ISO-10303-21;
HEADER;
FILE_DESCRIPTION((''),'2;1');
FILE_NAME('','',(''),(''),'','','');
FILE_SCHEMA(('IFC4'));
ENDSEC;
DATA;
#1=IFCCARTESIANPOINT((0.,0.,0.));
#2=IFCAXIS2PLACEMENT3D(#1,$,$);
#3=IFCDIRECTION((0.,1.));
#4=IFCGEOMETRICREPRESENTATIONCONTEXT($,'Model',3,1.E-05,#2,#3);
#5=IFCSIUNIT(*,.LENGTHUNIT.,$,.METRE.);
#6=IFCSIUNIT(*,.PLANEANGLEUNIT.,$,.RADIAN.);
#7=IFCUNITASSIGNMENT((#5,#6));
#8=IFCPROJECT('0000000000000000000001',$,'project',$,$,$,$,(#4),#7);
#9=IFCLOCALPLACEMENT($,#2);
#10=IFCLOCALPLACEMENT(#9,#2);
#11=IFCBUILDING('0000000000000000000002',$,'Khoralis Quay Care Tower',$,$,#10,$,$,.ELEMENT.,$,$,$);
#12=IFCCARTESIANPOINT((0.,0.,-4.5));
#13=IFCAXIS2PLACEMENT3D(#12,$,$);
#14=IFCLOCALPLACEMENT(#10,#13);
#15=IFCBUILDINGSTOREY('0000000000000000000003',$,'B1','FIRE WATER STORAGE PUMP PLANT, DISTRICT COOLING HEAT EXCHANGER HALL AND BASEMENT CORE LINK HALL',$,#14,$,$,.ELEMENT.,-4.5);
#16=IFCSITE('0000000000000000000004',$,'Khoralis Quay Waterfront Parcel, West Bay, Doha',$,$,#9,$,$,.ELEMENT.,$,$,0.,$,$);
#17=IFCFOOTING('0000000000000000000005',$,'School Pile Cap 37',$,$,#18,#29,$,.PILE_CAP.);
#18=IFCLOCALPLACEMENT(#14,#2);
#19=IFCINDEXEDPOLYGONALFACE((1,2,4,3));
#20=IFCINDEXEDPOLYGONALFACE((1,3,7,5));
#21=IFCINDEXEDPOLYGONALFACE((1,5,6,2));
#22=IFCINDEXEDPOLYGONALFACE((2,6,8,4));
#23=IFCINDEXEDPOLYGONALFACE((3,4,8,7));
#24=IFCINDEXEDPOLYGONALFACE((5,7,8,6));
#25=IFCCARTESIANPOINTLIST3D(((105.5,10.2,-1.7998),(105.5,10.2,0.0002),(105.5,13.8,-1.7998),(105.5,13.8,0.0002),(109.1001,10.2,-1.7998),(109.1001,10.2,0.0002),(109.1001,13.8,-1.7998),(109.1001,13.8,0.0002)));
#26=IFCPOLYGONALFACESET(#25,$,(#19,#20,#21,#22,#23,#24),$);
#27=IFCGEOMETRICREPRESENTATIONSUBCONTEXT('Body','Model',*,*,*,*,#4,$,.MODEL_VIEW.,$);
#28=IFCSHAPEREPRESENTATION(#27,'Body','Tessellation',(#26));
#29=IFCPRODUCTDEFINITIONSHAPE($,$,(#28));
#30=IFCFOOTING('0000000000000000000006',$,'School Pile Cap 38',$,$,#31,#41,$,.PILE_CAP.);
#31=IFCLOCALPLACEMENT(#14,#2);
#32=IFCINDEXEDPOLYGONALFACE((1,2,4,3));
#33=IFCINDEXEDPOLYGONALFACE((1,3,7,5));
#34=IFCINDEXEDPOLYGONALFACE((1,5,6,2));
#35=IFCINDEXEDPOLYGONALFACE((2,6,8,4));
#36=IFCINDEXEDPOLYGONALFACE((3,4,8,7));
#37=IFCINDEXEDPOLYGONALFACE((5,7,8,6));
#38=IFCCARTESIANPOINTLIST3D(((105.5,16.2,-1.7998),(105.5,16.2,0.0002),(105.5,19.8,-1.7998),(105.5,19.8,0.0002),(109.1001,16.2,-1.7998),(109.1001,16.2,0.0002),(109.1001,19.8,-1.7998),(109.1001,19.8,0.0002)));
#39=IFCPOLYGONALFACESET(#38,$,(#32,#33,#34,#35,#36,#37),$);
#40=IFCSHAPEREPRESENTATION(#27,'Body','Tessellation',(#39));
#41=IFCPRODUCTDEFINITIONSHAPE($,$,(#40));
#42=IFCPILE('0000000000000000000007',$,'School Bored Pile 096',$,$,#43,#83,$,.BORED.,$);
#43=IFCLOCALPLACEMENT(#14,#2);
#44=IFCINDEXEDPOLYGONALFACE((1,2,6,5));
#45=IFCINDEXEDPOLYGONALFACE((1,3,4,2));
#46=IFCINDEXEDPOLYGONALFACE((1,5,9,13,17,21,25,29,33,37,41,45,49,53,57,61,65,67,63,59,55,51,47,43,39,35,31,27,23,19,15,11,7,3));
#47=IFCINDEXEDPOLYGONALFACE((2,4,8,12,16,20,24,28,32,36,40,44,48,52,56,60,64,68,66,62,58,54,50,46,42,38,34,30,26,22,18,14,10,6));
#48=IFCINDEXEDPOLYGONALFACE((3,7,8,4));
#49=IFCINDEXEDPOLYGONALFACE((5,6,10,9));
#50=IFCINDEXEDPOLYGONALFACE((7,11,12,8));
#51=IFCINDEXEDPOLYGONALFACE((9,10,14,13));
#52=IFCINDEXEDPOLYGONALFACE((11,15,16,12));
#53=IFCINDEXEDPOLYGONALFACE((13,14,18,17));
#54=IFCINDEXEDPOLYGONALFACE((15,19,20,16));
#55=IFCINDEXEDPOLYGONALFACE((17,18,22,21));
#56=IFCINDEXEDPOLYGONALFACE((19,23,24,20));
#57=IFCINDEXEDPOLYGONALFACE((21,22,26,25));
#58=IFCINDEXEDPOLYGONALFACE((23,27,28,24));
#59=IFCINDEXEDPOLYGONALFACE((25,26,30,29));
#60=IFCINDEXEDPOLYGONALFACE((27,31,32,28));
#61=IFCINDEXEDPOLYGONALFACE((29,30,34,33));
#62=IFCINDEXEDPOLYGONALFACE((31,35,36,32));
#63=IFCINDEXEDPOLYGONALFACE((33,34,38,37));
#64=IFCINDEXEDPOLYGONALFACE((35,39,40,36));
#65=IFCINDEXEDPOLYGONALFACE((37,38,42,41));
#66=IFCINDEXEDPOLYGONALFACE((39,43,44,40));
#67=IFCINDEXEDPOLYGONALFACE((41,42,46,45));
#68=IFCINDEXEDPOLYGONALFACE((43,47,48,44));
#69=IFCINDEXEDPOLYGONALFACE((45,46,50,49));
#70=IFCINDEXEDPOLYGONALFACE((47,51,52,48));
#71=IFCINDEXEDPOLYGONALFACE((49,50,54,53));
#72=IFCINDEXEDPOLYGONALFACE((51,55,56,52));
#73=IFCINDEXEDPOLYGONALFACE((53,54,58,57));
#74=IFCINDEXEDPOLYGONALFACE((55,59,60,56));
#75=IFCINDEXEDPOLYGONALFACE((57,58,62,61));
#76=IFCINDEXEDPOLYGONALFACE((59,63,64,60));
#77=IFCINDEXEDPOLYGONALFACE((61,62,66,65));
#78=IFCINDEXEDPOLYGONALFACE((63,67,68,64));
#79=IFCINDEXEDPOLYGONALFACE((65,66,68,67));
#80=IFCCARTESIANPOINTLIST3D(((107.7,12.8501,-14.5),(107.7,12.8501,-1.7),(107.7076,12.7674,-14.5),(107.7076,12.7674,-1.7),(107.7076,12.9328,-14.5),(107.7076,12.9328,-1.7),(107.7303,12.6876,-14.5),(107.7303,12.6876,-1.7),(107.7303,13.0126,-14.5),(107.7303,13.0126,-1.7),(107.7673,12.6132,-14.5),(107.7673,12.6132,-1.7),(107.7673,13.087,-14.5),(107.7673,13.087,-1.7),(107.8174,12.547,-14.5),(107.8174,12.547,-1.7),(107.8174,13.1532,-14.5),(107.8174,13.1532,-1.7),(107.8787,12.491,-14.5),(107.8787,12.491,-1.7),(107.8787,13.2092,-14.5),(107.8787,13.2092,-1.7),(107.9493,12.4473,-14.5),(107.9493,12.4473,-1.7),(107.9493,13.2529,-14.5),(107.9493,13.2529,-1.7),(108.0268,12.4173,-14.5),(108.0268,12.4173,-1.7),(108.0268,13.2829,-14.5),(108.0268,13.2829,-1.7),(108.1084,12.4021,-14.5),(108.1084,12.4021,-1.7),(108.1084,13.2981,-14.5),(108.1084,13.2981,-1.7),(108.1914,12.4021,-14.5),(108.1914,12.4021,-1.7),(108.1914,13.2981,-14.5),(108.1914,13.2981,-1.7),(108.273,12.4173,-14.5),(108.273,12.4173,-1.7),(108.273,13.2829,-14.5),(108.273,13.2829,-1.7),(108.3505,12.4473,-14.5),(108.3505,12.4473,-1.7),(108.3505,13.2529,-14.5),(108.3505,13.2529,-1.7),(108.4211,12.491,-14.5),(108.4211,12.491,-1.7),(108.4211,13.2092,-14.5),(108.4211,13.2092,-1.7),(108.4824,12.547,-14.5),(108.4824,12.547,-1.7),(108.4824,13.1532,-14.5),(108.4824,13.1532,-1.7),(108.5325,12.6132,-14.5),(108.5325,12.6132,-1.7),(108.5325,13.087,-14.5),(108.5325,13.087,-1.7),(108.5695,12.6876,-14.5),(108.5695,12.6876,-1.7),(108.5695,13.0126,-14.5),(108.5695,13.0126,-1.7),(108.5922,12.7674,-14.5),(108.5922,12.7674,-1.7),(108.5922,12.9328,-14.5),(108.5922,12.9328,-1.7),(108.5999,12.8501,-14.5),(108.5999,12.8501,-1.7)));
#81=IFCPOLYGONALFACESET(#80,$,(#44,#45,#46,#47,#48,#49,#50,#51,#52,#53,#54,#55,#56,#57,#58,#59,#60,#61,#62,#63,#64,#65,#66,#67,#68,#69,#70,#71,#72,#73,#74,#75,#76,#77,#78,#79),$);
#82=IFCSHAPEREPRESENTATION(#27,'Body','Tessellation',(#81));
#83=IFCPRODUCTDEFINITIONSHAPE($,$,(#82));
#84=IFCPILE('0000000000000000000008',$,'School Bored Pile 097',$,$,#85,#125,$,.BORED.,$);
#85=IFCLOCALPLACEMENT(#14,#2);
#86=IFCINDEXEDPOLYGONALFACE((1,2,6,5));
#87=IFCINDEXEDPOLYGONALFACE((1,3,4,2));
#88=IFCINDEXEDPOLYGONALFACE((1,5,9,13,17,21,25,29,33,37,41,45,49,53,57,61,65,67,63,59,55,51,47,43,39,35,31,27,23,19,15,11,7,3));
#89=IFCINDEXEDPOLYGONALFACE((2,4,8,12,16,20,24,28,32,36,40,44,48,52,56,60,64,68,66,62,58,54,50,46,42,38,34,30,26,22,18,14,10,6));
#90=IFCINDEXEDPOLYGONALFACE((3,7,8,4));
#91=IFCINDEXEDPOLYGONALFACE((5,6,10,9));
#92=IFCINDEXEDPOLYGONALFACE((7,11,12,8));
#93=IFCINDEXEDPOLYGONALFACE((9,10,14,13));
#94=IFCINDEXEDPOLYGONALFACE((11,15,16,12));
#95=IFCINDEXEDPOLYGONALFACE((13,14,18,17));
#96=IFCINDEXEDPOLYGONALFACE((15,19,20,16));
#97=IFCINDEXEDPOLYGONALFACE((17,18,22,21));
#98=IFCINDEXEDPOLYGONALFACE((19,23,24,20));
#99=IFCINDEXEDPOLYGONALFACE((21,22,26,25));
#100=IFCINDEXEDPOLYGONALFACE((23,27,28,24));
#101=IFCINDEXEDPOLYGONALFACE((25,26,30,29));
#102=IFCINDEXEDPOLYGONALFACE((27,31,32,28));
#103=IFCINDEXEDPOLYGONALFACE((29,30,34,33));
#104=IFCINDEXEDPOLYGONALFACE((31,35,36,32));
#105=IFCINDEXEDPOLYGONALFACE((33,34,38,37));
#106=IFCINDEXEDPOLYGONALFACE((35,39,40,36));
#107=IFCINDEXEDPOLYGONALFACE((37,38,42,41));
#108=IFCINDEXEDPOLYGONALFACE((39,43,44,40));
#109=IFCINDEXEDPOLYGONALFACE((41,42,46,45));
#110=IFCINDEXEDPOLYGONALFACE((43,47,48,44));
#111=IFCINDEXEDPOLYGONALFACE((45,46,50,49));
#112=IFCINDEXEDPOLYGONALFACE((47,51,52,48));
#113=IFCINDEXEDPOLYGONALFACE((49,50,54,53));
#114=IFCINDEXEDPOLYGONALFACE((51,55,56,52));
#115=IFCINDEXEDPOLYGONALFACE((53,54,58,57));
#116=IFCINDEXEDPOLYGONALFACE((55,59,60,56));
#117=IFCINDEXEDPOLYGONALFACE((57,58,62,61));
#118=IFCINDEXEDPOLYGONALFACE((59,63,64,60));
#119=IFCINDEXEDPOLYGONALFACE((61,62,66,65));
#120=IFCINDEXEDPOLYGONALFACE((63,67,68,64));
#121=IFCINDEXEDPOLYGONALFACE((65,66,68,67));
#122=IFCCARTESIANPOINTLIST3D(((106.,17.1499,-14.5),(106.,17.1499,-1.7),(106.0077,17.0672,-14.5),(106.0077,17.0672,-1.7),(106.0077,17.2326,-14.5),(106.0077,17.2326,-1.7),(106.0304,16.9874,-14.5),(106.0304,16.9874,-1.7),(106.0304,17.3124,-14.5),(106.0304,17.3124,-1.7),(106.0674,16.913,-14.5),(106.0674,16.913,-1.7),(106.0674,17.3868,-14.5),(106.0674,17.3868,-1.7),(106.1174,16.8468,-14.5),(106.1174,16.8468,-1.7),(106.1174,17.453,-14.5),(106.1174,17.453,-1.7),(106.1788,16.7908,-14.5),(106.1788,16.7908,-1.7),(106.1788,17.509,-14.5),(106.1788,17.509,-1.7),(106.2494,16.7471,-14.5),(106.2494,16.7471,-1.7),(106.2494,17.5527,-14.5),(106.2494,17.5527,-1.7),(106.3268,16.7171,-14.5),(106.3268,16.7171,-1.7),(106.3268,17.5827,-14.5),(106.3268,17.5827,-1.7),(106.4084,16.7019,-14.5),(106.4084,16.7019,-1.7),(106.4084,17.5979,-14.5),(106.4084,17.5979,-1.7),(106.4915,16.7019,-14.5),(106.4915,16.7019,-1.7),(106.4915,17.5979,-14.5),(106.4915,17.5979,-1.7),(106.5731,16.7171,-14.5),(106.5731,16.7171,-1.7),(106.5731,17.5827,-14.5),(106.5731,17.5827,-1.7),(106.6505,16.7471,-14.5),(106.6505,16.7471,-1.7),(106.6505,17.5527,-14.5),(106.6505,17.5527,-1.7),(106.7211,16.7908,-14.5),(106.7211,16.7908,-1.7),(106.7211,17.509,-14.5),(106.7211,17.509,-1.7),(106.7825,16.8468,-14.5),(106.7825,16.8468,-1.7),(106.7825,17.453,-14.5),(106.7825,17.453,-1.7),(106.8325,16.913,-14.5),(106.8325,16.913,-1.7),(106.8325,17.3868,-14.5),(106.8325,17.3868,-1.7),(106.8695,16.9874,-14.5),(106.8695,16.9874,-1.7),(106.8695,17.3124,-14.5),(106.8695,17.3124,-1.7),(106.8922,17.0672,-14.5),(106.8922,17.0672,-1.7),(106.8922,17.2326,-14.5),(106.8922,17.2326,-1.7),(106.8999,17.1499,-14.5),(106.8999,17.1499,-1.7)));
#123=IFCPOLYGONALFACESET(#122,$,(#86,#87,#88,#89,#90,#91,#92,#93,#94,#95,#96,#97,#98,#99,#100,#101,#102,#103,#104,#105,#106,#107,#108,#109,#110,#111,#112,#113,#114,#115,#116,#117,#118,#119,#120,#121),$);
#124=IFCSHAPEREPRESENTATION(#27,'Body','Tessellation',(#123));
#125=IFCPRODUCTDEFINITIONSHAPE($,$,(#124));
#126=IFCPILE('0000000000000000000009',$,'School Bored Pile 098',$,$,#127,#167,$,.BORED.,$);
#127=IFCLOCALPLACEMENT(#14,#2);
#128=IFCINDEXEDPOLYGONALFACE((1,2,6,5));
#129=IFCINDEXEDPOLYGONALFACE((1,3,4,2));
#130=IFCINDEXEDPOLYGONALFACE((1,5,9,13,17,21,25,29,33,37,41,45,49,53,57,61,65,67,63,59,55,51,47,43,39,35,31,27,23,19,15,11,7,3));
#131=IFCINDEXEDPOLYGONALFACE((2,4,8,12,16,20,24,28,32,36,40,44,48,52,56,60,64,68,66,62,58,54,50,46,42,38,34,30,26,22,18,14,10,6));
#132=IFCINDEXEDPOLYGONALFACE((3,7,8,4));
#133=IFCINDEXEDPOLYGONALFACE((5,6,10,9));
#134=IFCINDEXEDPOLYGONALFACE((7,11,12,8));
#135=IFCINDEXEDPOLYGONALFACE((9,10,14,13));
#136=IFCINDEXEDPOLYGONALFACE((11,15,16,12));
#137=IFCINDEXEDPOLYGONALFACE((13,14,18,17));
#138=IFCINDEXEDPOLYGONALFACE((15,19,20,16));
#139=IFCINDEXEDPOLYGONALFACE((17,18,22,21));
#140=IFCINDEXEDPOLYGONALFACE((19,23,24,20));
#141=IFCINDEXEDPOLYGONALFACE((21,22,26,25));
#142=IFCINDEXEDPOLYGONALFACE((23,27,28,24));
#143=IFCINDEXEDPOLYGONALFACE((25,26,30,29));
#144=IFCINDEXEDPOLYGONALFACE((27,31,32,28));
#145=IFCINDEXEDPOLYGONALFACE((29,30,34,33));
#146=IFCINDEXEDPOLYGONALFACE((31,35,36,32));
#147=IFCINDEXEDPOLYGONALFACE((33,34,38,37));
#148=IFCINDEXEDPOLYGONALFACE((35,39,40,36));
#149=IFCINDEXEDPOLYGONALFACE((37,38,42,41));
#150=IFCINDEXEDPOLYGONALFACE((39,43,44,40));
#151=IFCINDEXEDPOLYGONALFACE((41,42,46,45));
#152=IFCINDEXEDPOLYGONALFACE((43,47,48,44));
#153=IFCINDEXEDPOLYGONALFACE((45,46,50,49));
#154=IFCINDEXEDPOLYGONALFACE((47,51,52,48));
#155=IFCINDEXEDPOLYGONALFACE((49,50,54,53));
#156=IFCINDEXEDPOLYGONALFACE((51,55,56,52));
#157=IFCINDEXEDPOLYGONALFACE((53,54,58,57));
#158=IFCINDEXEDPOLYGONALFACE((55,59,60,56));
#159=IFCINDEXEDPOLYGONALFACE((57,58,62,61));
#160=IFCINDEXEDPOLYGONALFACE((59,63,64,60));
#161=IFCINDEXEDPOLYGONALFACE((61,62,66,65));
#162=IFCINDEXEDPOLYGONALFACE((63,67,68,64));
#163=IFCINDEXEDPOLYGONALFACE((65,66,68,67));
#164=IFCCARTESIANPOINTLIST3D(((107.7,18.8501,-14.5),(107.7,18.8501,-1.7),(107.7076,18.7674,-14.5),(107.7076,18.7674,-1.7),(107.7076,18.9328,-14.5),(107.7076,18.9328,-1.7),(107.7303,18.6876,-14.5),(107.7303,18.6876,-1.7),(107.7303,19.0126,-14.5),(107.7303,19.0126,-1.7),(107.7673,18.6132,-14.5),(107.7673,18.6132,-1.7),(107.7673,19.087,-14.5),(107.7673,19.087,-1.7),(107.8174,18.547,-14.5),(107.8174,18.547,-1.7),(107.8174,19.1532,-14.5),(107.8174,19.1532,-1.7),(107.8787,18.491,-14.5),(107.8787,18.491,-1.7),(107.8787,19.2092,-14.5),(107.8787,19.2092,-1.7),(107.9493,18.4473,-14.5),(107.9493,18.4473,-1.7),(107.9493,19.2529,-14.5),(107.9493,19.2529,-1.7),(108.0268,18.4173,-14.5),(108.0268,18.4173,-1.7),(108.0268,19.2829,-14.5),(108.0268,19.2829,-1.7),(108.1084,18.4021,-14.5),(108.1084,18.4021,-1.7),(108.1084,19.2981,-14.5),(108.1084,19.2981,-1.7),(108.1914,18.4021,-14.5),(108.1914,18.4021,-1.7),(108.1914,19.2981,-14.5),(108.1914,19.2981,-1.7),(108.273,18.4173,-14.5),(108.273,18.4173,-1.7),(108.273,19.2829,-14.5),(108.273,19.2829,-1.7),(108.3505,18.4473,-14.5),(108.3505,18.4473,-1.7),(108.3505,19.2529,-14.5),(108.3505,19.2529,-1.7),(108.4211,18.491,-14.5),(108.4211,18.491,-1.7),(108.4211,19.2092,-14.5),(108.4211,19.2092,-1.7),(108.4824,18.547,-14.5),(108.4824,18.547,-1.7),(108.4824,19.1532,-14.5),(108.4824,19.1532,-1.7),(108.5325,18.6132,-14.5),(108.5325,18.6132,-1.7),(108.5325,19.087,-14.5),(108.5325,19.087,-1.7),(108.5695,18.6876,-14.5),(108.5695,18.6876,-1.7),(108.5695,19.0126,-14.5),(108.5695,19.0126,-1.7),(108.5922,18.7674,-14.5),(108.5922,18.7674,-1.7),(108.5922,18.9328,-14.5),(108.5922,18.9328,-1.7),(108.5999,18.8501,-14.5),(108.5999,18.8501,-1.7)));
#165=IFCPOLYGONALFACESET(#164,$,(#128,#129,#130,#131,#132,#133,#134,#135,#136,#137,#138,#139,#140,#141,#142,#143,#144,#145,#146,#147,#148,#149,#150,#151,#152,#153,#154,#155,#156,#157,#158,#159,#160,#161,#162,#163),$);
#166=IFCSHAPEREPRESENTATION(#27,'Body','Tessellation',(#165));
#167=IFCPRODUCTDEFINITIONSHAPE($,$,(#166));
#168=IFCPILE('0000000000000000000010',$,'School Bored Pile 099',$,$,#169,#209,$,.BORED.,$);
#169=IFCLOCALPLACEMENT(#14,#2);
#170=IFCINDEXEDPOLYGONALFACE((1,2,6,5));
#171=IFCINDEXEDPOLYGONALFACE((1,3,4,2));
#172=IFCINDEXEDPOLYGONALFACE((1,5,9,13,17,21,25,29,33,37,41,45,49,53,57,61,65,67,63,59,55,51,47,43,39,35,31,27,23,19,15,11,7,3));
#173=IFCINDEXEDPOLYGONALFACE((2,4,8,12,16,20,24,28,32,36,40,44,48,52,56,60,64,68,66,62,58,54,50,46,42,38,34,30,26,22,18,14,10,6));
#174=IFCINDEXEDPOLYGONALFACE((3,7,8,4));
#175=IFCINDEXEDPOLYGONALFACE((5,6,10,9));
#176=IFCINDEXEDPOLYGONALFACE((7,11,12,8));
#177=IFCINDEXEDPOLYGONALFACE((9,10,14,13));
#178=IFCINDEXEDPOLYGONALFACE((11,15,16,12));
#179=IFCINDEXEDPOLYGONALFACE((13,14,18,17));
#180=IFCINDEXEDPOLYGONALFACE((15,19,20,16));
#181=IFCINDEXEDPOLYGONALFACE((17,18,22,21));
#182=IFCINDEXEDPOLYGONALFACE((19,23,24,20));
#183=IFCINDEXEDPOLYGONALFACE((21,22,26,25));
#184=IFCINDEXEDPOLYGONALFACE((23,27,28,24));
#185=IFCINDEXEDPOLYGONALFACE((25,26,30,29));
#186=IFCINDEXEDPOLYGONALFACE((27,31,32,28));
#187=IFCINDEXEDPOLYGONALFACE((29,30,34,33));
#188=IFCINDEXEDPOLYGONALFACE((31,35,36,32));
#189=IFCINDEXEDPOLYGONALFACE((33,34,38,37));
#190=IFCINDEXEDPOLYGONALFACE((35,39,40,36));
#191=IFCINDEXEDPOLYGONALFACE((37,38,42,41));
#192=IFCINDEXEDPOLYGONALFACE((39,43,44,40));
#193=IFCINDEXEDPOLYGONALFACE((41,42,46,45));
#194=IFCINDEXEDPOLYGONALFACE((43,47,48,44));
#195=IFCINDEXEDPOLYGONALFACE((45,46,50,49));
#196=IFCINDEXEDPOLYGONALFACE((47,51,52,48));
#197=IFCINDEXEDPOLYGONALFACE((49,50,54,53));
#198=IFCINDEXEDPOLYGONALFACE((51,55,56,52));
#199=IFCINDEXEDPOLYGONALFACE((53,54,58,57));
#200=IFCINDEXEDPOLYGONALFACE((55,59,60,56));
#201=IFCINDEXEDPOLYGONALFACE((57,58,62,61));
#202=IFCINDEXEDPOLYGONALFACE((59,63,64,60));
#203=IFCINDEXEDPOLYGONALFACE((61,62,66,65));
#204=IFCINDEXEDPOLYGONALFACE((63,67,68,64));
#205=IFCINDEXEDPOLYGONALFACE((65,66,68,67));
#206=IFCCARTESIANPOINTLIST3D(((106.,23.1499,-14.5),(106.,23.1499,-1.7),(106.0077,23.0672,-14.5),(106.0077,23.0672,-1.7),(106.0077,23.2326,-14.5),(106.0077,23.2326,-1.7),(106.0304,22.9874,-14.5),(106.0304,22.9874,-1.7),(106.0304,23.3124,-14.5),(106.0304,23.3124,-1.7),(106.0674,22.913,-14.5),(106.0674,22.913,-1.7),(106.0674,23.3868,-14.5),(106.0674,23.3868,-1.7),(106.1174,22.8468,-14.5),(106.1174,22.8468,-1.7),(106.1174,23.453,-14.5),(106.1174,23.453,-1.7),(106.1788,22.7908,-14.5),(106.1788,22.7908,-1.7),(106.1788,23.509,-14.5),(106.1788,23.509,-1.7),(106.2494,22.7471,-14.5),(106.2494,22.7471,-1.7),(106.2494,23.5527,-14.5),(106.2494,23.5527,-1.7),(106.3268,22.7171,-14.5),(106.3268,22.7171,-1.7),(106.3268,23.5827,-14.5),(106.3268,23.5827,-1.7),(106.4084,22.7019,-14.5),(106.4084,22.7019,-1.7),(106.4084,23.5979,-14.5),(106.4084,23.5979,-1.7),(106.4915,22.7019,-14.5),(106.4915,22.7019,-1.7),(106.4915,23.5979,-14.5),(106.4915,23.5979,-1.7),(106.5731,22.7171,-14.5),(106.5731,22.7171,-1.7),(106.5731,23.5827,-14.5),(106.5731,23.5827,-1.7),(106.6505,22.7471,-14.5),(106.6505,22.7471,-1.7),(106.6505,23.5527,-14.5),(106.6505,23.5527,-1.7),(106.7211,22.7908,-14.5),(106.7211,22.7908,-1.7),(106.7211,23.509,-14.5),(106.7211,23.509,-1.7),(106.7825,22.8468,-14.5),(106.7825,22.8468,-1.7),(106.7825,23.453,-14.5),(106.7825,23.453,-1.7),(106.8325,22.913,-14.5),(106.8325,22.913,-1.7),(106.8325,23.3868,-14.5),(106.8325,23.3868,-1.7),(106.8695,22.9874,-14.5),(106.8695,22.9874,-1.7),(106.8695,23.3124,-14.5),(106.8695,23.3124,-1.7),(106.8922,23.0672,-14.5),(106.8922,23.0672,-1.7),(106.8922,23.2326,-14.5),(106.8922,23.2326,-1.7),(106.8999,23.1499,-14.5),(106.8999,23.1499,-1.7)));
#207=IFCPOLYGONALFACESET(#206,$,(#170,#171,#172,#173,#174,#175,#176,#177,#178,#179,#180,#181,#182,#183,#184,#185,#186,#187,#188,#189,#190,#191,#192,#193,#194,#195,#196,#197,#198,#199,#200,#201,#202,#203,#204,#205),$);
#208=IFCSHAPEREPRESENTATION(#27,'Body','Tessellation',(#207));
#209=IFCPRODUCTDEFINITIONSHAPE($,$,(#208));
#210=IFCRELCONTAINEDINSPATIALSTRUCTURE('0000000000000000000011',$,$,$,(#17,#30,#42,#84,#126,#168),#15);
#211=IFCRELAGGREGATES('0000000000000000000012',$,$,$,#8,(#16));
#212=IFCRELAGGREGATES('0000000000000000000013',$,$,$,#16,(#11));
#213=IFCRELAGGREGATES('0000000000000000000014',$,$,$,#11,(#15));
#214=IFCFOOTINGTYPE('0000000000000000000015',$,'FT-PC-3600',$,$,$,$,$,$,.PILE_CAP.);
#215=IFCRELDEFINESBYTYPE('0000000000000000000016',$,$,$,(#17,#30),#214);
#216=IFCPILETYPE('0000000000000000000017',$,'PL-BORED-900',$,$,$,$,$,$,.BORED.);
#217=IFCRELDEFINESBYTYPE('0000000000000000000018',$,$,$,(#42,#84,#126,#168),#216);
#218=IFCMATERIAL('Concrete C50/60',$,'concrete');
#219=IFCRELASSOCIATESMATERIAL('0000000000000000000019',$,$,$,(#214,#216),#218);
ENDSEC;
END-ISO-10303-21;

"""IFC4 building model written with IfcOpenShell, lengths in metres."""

from ifc_helpers import new_model, si_unit, direction, frame, origin, origin_2d, place, context, subcontext, project, spatial, rectangle, circle, extrude, source, transform, mapped, material, material_profile, profile_set, type_object, element, save


model = new_model("IFC4")

# Units and contexts
model_context = context("Model", 3, precision=1e-05, world=origin(), true_north=direction((0.0, 1.0)))
body_context = subcontext(model_context, "Body", "Model", "MODEL_VIEW")
ifc_project = project(units=[si_unit("LENGTHUNIT", "METRE"), si_unit("PLANEANGLEUNIT", "RADIAN")], contexts=[model_context])

# Site, building, storey
site_placement = place(None, origin())
site = spatial("IfcSite", under=ifc_project, at=site_placement, Name="Khoralis Quay Waterfront Parcel, West Bay, Doha", CompositionType="ELEMENT", RefElevation=0.0)
building_placement = place(site_placement, origin())
building = spatial("IfcBuilding", under=site, at=building_placement, Name="Khoralis Quay Care Tower", CompositionType="ELEMENT")
storey_placement = place(building_placement, frame((0.0, 0.0, -4.5)))
storey = spatial("IfcBuildingStorey", under=building, at=storey_placement, Name="B1", Description="FIRE WATER STORAGE PUMP PLANT, DISTRICT COOLING HEAT EXCHANGER HALL AND BASEMENT CORE LINK HALL", CompositionType="ELEMENT", Elevation=-4.5)

# Footings
ifc_material_1 = material(Name="Concrete C50/60", Category="concrete")
footing_type_1 = type_object("IfcFootingType", Name="FT-PC-3600", PredefinedType="PILE_CAP", material=ifc_material_1)
shared_shape_1 = source(origin(), body_context, "Body", "SweptSolid", [
    extrude(rectangle(XDim=3.6001, YDim=3.6001, at=origin_2d()), origin(), (0.0, 0.0, 1.0), 1.8),
])
for number, where, z_axis, x_axis, name in (
    (1, (107.3, 12.0, -1.7998), (0.0, 0.0, 1.0), (1.0, 0.0, 0.0), "School Pile Cap 37"),
    (2, (107.3, 18.0, -1.7998), (0.0, 0.0, 1.0), (1.0, 0.0, 0.0), "School Pile Cap 38"),
):
    element("IfcFooting", number, at=place(storey_placement, frame(where, z_axis=z_axis, x_axis=x_axis)), inside=storey, type_object=footing_type_1, Name=name, PredefinedType="PILE_CAP", context=body_context, shape_type="MappedRepresentation", body=[
        mapped(shared_shape_1, transform((0.0, 0.0, 0.0), scale=1.0)),
    ])

# Piles
ifc_material_profile_1 = material_profile(ifc_material_1, circle(Radius=0.45, at=origin_2d()), Name="Concrete C50/60")
ifc_profile_set_1 = profile_set([ifc_material_profile_1], Name="Concrete C50/60")
pile_type_1 = type_object("IfcPileType", Name="PL-BORED-900", PredefinedType="BORED", material=ifc_profile_set_1)
shared_shape_2 = source(origin(), body_context, "Body", "SweptSolid", [
    extrude(circle(Radius=0.45, at=origin_2d()), origin(), (0.0, 0.0, 1.0), 12.8),
])
for number, where, z_axis, x_axis, name in (
    (3, (108.1499, 12.8501, -1.7), (0.0, 0.0, -1.0), (1.0, 0.0, 0.0), "School Bored Pile 096"),
    (4, (106.45, 17.1499, -1.7), (0.0, 0.0, -1.0), (1.0, 0.0, 0.0), "School Bored Pile 097"),
    (5, (108.1499, 18.8501, -1.7), (0.0, 0.0, -1.0), (1.0, 0.0, 0.0), "School Bored Pile 098"),
    (6, (106.45, 23.1499, -1.7), (0.0, 0.0, -1.0), (1.0, 0.0, 0.0), "School Bored Pile 099"),
):
    element("IfcPile", number, at=place(storey_placement, frame(where, z_axis=z_axis, x_axis=x_axis)), inside=storey, type_object=pile_type_1, Name=name, PredefinedType="BORED", context=body_context, shape_type="MappedRepresentation", body=[
        mapped(shared_shape_2, transform((0.0, 0.0, 0.0), scale=1.0)),
    ])

save(model, "model.ifc")
